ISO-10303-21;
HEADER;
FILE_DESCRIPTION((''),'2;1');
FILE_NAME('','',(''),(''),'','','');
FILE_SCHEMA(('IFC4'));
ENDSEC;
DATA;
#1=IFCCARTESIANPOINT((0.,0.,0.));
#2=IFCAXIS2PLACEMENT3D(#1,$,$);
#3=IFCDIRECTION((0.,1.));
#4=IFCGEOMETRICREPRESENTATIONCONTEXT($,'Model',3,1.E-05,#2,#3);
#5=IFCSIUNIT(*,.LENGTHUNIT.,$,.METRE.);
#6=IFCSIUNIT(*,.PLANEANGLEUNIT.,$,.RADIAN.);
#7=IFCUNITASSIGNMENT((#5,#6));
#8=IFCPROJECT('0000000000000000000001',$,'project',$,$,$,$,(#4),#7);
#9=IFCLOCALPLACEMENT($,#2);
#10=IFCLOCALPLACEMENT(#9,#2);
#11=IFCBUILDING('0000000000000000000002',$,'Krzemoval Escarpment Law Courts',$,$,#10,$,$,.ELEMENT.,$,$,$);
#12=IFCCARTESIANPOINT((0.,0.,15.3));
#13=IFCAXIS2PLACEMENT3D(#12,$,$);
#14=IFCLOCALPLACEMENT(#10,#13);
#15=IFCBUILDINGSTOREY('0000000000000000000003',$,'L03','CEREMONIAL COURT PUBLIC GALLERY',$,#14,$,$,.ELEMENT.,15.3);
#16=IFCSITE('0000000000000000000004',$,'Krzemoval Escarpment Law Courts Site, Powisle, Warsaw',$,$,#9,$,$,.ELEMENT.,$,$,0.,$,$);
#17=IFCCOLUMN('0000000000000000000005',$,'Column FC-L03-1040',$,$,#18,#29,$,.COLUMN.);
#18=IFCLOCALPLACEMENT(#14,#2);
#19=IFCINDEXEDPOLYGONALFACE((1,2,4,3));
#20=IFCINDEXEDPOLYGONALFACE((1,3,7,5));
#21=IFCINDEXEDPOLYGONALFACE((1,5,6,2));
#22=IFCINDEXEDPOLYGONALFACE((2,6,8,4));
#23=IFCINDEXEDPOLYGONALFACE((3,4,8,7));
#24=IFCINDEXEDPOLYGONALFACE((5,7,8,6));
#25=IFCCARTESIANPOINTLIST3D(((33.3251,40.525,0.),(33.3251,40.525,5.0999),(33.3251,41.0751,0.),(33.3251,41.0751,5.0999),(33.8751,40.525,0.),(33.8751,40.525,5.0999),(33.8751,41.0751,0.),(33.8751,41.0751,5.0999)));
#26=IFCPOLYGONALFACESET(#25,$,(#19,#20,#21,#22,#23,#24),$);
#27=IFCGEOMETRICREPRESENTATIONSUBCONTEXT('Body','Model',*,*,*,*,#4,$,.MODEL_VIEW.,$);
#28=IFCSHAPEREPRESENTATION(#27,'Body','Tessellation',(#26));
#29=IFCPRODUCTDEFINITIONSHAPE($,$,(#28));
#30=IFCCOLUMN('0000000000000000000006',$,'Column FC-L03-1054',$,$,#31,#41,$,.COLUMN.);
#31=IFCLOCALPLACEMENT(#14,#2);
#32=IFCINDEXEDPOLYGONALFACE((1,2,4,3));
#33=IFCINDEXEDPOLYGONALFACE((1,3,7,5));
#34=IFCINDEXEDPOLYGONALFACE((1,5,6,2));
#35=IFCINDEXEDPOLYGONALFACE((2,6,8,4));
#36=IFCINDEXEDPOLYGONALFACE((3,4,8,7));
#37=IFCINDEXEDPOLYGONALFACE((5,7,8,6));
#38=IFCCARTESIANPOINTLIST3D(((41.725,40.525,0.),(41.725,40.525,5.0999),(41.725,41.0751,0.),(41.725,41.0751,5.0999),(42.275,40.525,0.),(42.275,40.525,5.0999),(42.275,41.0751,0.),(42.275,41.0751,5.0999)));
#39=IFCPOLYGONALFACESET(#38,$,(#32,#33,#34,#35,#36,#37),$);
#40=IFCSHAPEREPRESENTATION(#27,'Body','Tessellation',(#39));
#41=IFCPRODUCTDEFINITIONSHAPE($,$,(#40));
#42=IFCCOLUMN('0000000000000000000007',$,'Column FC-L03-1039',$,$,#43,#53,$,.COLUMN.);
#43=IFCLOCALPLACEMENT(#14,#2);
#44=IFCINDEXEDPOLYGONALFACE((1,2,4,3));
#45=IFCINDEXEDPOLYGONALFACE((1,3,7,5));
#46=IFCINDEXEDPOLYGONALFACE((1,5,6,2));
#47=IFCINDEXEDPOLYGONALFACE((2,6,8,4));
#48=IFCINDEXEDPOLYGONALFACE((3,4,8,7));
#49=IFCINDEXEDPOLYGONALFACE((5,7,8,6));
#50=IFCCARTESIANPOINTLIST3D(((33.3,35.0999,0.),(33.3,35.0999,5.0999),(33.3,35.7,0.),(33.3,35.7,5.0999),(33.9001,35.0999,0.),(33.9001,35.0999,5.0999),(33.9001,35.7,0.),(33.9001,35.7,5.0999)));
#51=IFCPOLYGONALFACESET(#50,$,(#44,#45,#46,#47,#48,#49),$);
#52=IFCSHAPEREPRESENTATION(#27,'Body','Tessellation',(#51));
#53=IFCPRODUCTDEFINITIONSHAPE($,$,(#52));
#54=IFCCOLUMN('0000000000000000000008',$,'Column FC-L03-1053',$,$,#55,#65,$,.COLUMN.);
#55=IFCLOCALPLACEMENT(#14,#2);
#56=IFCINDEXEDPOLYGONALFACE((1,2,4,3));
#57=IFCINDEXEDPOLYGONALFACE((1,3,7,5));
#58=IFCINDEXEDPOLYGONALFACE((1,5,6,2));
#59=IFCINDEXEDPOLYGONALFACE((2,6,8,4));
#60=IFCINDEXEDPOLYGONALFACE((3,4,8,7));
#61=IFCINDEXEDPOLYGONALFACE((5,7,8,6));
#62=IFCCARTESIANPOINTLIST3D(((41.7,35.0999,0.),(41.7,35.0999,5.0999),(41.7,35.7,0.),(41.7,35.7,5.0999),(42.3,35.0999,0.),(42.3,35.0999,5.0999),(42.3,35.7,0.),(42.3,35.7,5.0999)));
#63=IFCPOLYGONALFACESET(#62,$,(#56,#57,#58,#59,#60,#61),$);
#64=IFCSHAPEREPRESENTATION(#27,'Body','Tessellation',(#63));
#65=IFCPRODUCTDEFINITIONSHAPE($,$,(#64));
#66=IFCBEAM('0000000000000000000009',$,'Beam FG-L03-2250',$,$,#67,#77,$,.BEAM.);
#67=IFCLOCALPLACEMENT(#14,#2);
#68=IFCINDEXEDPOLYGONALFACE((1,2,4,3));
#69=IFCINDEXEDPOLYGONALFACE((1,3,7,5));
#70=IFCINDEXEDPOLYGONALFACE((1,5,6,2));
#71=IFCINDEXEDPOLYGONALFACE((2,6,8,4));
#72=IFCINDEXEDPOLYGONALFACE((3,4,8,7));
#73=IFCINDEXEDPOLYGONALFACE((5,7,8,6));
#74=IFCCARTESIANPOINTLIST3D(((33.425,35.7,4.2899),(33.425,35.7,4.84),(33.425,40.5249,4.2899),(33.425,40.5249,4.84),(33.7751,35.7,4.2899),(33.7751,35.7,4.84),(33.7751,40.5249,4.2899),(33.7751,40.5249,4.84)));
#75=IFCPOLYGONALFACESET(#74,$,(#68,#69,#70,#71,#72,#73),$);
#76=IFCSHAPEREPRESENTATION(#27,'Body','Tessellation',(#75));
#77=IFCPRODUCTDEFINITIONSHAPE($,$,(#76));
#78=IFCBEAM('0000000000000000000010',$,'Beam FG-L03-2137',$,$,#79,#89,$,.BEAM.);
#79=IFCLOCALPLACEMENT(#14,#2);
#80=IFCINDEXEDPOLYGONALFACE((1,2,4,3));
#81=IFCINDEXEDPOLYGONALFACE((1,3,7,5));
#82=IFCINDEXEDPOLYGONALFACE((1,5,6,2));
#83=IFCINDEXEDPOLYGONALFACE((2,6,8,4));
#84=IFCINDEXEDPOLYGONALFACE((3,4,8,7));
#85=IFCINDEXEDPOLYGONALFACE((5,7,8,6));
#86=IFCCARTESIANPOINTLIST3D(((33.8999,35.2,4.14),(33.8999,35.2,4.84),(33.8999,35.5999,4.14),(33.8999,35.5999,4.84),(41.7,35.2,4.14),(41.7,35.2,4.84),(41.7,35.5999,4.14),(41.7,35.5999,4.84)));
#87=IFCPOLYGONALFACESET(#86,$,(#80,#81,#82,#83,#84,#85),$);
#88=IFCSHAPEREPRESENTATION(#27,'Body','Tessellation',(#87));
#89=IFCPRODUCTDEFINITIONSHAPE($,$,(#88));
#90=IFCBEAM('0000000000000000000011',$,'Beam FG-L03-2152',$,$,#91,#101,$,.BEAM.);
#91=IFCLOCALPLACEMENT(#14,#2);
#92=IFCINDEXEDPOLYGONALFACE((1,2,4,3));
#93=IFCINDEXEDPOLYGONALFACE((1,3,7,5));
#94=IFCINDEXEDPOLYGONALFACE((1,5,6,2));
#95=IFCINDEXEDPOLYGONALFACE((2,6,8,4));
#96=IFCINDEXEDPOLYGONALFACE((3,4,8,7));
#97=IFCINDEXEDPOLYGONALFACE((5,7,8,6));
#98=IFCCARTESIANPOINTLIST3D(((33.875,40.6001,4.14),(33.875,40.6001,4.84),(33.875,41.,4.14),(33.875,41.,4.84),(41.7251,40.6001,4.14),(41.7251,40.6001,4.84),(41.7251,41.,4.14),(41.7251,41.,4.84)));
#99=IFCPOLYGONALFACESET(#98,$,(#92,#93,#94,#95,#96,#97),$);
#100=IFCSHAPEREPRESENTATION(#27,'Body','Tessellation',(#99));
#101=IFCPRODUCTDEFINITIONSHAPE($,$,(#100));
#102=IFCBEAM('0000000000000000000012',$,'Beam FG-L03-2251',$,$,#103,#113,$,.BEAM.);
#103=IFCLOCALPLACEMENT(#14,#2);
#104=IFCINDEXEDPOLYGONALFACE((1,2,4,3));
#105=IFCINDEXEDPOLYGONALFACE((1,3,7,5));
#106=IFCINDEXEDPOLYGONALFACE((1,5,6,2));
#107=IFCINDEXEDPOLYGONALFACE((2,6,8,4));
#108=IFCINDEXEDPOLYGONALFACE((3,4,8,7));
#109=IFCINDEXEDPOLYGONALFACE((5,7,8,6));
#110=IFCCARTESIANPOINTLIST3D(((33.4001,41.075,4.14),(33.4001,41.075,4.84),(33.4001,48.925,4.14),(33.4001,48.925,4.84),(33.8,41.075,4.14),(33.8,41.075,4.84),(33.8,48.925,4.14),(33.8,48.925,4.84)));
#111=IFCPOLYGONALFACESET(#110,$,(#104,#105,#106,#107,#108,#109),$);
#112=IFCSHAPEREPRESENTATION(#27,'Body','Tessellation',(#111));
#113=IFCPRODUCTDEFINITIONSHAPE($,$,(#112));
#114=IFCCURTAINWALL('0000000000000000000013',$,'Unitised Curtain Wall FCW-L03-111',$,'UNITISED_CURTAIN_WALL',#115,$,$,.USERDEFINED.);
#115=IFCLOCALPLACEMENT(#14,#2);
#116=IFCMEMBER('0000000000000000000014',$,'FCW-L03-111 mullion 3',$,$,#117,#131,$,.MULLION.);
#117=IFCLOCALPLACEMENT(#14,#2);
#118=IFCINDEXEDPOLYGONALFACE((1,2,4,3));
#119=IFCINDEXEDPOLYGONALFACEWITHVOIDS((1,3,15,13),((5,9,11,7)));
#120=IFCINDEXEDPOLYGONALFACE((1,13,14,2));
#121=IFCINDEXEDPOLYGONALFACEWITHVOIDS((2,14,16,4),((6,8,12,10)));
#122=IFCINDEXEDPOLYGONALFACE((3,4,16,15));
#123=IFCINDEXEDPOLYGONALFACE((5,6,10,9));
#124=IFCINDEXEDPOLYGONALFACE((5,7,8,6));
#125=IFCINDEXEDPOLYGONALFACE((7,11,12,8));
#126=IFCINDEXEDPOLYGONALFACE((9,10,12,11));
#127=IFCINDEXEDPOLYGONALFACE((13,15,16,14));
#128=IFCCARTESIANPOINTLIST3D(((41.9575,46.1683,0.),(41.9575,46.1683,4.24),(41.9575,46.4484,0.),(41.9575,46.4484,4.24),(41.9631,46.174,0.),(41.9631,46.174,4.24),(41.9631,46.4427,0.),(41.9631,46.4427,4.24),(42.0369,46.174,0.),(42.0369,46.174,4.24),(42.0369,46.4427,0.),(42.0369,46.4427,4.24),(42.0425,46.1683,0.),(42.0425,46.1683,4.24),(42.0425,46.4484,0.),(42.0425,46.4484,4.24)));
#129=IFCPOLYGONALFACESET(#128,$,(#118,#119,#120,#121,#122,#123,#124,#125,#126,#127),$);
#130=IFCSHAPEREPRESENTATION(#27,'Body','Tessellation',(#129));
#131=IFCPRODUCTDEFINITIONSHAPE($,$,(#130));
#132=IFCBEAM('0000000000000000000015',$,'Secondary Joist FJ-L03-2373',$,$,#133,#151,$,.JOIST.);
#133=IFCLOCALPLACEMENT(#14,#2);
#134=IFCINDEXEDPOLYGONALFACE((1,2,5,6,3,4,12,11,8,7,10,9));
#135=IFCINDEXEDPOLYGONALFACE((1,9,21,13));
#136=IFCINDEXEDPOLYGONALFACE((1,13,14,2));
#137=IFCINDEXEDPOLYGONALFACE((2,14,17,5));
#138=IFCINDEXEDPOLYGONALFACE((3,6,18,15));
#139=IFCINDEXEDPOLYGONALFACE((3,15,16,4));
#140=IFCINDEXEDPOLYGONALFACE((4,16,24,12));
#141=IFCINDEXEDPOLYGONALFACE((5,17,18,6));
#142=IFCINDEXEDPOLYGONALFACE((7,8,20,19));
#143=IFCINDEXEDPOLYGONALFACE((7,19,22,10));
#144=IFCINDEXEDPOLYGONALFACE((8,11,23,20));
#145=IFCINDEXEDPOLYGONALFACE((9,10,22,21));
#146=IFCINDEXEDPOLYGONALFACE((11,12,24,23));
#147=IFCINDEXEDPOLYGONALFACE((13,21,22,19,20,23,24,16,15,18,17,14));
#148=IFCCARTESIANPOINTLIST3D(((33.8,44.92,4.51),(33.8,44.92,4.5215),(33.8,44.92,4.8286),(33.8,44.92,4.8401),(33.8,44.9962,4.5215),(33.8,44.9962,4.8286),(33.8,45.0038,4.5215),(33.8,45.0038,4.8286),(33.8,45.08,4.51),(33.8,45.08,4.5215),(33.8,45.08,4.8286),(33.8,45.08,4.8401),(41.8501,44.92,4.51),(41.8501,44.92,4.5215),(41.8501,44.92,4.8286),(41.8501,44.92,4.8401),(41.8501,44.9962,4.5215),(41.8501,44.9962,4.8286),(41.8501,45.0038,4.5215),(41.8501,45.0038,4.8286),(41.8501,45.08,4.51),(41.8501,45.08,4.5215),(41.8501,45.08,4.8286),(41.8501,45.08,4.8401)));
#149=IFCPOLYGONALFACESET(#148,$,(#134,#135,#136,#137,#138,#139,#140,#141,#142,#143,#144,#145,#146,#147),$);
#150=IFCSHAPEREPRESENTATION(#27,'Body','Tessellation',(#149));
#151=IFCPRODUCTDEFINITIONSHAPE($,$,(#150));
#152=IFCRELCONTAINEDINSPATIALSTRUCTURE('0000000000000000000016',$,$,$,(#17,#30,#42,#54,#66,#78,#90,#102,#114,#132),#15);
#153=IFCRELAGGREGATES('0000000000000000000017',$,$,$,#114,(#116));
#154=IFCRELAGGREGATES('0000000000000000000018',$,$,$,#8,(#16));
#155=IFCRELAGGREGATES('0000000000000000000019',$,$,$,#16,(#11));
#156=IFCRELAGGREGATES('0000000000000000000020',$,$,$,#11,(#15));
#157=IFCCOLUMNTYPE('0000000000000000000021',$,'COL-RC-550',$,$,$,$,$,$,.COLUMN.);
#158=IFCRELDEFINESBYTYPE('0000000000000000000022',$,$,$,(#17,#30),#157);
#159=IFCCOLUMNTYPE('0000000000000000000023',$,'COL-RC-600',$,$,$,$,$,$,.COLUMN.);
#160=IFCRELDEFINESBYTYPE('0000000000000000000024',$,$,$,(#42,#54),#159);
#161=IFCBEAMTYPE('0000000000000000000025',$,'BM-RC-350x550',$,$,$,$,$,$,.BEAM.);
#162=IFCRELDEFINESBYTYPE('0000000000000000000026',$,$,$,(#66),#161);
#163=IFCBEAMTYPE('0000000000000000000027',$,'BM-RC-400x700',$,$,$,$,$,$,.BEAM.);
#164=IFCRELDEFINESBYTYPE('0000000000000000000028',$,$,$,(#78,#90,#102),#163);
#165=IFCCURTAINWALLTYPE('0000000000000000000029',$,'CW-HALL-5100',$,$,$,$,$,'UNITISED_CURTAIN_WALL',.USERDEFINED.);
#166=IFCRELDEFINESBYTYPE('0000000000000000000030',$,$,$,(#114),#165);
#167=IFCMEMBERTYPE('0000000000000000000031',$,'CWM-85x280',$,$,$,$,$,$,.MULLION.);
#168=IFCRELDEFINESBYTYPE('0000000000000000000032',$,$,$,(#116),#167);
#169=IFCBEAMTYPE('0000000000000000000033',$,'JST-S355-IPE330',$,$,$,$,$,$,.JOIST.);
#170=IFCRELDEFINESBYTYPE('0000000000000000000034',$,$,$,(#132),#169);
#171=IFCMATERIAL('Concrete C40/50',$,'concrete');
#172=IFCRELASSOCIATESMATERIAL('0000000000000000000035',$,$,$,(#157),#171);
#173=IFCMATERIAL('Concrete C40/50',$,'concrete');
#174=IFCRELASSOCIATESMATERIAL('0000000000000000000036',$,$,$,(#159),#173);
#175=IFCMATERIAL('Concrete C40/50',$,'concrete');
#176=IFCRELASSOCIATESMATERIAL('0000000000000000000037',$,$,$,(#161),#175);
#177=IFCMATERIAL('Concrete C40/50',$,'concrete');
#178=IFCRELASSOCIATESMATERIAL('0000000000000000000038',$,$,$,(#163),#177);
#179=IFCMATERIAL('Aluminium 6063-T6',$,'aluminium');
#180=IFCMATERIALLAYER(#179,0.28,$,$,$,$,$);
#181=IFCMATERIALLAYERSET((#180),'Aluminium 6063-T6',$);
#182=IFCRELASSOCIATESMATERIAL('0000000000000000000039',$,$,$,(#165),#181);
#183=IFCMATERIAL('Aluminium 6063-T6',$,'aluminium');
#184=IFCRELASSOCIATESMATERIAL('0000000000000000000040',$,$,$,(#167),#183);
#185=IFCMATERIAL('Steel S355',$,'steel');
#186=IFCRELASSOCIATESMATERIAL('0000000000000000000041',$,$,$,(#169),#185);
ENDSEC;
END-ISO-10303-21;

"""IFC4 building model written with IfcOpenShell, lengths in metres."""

from ifc_helpers import new_model, si_unit, direction, frame, origin, origin_2d, place, context, subcontext, project, spatial, rectangle, hollow_rectangle, i_section, extrude, material, layer, layer_set, material_profile, profile_set, type_object, element, aggregate, save


model = new_model("IFC4")

# Units and contexts
model_context = context("Model", 3, precision=1e-05, world=origin(), true_north=direction((0.0, 1.0)))
body_context = subcontext(model_context, "Body", "Model", "MODEL_VIEW")
ifc_project = project(units=[si_unit("LENGTHUNIT", "METRE"), si_unit("PLANEANGLEUNIT", "RADIAN")], contexts=[model_context])

# Site, building, storey
site_placement = place(None, origin())
site = spatial("IfcSite", under=ifc_project, at=site_placement, Name="Krzemoval Escarpment Law Courts Site, Powisle, Warsaw", CompositionType="ELEMENT", RefElevation=0.0)
building_placement = place(site_placement, origin())
building = spatial("IfcBuilding", under=site, at=building_placement, Name="Krzemoval Escarpment Law Courts", CompositionType="ELEMENT")
storey_placement = place(building_placement, frame((0.0, 0.0, 15.3)))
storey = spatial("IfcBuildingStorey", under=building, at=storey_placement, Name="L03", Description="CEREMONIAL COURT PUBLIC GALLERY", CompositionType="ELEMENT", Elevation=15.3)

# Columns
ifc_material_1 = material(Name="Concrete C40/50", Category="concrete")
ifc_material_profile_1 = material_profile(ifc_material_1, rectangle(XDim=0.55, YDim=0.55, at=origin_2d()), Name="RC 550x550")
ifc_profile_set_1 = profile_set([ifc_material_profile_1], Name="Concrete C40/50")
column_type_1 = type_object("IfcColumnType", Name="COL-RC-550", PredefinedType="COLUMN", material=ifc_profile_set_1)
for number, where, z_axis, x_axis, name in (
    (1, (33.6001, 40.8, 0.0), (0.0, 0.0, 1.0), (1.0, 0.0, 0.0), "Column FC-L03-1040"),
    (2, (42.0, 40.8, 0.0), (0.0, 0.0, 1.0), (1.0, 0.0, 0.0), "Column FC-L03-1054"),
):
    element("IfcColumn", number, at=place(storey_placement, frame(where, z_axis=z_axis, x_axis=x_axis)), inside=storey, type_object=column_type_1, Name=name, PredefinedType="COLUMN", context=body_context, shape_type="SweptSolid", body=[
        extrude(rectangle(XDim=0.55, YDim=0.55, at=origin_2d()), origin(), (0.0, 0.0, 1.0), 5.0999),
    ])
ifc_material_2 = material(Name="Concrete C40/50", Category="concrete")
ifc_material_profile_2 = material_profile(ifc_material_2, rectangle(XDim=0.6001, YDim=0.6001, at=origin_2d()), Name="RC 600x600")
ifc_profile_set_2 = profile_set([ifc_material_profile_2], Name="Concrete C40/50")
column_type_2 = type_object("IfcColumnType", Name="COL-RC-600", PredefinedType="COLUMN", material=ifc_profile_set_2)
for number, where, z_axis, x_axis, name in (
    (3, (33.6001, 35.3999, 0.0), (0.0, 0.0, 1.0), (1.0, 0.0, 0.0), "Column FC-L03-1039"),
    (4, (42.0, 35.3999, 0.0), (0.0, 0.0, 1.0), (1.0, 0.0, 0.0), "Column FC-L03-1053"),
):
    element("IfcColumn", number, at=place(storey_placement, frame(where, z_axis=z_axis, x_axis=x_axis)), inside=storey, type_object=column_type_2, Name=name, PredefinedType="COLUMN", context=body_context, shape_type="SweptSolid", body=[
        extrude(rectangle(XDim=0.6001, YDim=0.6001, at=origin_2d()), origin(), (0.0, 0.0, 1.0), 5.0999),
    ])

# Beams
ifc_material_3 = material(Name="Concrete C40/50", Category="concrete")
ifc_material_profile_3 = material_profile(ifc_material_3, rectangle(XDim=0.3501, YDim=0.55, at=origin_2d()), Name="RCB 350x550")
ifc_profile_set_3 = profile_set([ifc_material_profile_3], Name="Concrete C40/50")
beam_type_1 = type_object("IfcBeamType", Name="BM-RC-350x550", PredefinedType="BEAM", material=ifc_profile_set_3)
beam_1_placement = place(storey_placement, frame((33.6001, 35.7, 4.5649), z_axis=(0.0, 1.0, 0.0), x_axis=(-1.0, 0.0, 0.0)))
element("IfcBeam", 5, at=beam_1_placement, inside=storey, type_object=beam_type_1, Name="Beam FG-L03-2250", PredefinedType="BEAM", context=body_context, shape_type="SweptSolid", body=[
    extrude(rectangle(XDim=0.3501, YDim=0.55, at=origin_2d()), origin(), (0.0, 0.0, 1.0), 4.825),
])
ifc_material_4 = material(Name="Concrete C40/50", Category="concrete")
ifc_material_profile_4 = material_profile(ifc_material_4, rectangle(XDim=0.3999, YDim=0.7, at=origin_2d()), Name="RCB 400x700")
ifc_profile_set_4 = profile_set([ifc_material_profile_4], Name="Concrete C40/50")
beam_type_2 = type_object("IfcBeamType", Name="BM-RC-400x700", PredefinedType="BEAM", material=ifc_profile_set_4)
beam_2_placement = place(storey_placement, frame((33.8999, 35.3999, 4.49), z_axis=(1.0, 0.0, 0.0), x_axis=(0.0, 1.0, 0.0)))
element("IfcBeam", 6, at=beam_2_placement, inside=storey, type_object=beam_type_2, Name="Beam FG-L03-2137", PredefinedType="BEAM", context=body_context, shape_type="SweptSolid", body=[
    extrude(rectangle(XDim=0.3999, YDim=0.7, at=origin_2d()), origin(), (0.0, 0.0, 1.0), 7.8),
])
for number, where, z_axis, x_axis, name in (
    (7, (33.875, 40.8, 4.49), (1.0, 0.0, 0.0), (0.0, 1.0, 0.0), "Beam FG-L03-2152"),
    (8, (33.6001, 41.075, 4.49), (0.0, 1.0, 0.0), (-1.0, 0.0, 0.0), "Beam FG-L03-2251"),
):
    element("IfcBeam", number, at=place(storey_placement, frame(where, z_axis=z_axis, x_axis=x_axis)), inside=storey, type_object=beam_type_2, Name=name, PredefinedType="BEAM", context=body_context, shape_type="SweptSolid", body=[
        extrude(rectangle(XDim=0.3999, YDim=0.7, at=origin_2d()), origin(), (0.0, 0.0, 1.0), 7.8501),
    ])

# Curtain wall, member
ifc_material_5 = material(Name="Aluminium 6063-T6", Category="aluminium")
ifc_layer_1 = layer(ifc_material_5, 0.28)
ifc_layer_set_1 = layer_set([ifc_layer_1], Name="Aluminium 6063-T6")
curtain_wall_type = type_object("IfcCurtainWallType", Name="CW-HALL-5100", ElementType="UNITISED_CURTAIN_WALL", PredefinedType="USERDEFINED", material=ifc_layer_set_1)
curtain_wall_placement = place(storey_placement, origin())
curtain_wall = element("IfcCurtainWall", 9, at=curtain_wall_placement, inside=storey, type_object=curtain_wall_type, Name="Unitised Curtain Wall FCW-L03-111", ObjectType="UNITISED_CURTAIN_WALL", PredefinedType="USERDEFINED")
ifc_material_6 = material(Name="Aluminium 6063-T6", Category="aluminium")
ifc_material_profile_5 = material_profile(ifc_material_6, hollow_rectangle(XDim=0.085, YDim=0.28, WallThickness=0.0056, at=origin_2d()), Name="ALU M85x280")
ifc_profile_set_5 = profile_set([ifc_material_profile_5], Name="Aluminium 6063-T6")
member_type_1 = type_object("IfcMemberType", Name="CWM-85x280", PredefinedType="MULLION", material=ifc_profile_set_5)
member_1_placement = place(storey_placement, frame((42.0, 46.3083, 0.0), z_axis=(0.0, 0.0, 1.0), x_axis=(1.0, 0.0, 0.0)))
member_1 = element("IfcMember", 10, at=member_1_placement, type_object=member_type_1, Name="FCW-L03-111 mullion 3", PredefinedType="MULLION", context=body_context, shape_type="SweptSolid", body=[
    extrude(hollow_rectangle(XDim=0.085, YDim=0.28, WallThickness=0.0056, at=origin_2d()), origin(), (0.0, 0.0, 1.0), 4.24),
])
aggregate(curtain_wall, [member_1])

# Beam
ifc_material_7 = material(Name="Steel S355", Category="steel")
ifc_material_profile_6 = material_profile(ifc_material_7, i_section(OverallWidth=0.1599, OverallDepth=0.3301, WebThickness=0.0076, FlangeThickness=0.0115, at=origin_2d()), Name="IPE 330")
ifc_profile_set_6 = profile_set([ifc_material_profile_6], Name="Steel S355")
beam_type_3 = type_object("IfcBeamType", Name="JST-S355-IPE330", PredefinedType="JOIST", material=ifc_profile_set_6)
beam_3_placement = place(storey_placement, frame((33.8, 45.0, 4.675), z_axis=(1.0, 0.0, 0.0), x_axis=(0.0, 1.0, 0.0)))
element("IfcBeam", 11, at=beam_3_placement, inside=storey, type_object=beam_type_3, Name="Secondary Joist FJ-L03-2373", PredefinedType="JOIST", context=body_context, shape_type="SweptSolid", body=[
    extrude(i_section(OverallWidth=0.1599, OverallDepth=0.3301, WebThickness=0.0076, FlangeThickness=0.0115, at=origin_2d()), origin(), (0.0, 0.0, 1.0), 8.05),
])

save(model, "model.ifc")
